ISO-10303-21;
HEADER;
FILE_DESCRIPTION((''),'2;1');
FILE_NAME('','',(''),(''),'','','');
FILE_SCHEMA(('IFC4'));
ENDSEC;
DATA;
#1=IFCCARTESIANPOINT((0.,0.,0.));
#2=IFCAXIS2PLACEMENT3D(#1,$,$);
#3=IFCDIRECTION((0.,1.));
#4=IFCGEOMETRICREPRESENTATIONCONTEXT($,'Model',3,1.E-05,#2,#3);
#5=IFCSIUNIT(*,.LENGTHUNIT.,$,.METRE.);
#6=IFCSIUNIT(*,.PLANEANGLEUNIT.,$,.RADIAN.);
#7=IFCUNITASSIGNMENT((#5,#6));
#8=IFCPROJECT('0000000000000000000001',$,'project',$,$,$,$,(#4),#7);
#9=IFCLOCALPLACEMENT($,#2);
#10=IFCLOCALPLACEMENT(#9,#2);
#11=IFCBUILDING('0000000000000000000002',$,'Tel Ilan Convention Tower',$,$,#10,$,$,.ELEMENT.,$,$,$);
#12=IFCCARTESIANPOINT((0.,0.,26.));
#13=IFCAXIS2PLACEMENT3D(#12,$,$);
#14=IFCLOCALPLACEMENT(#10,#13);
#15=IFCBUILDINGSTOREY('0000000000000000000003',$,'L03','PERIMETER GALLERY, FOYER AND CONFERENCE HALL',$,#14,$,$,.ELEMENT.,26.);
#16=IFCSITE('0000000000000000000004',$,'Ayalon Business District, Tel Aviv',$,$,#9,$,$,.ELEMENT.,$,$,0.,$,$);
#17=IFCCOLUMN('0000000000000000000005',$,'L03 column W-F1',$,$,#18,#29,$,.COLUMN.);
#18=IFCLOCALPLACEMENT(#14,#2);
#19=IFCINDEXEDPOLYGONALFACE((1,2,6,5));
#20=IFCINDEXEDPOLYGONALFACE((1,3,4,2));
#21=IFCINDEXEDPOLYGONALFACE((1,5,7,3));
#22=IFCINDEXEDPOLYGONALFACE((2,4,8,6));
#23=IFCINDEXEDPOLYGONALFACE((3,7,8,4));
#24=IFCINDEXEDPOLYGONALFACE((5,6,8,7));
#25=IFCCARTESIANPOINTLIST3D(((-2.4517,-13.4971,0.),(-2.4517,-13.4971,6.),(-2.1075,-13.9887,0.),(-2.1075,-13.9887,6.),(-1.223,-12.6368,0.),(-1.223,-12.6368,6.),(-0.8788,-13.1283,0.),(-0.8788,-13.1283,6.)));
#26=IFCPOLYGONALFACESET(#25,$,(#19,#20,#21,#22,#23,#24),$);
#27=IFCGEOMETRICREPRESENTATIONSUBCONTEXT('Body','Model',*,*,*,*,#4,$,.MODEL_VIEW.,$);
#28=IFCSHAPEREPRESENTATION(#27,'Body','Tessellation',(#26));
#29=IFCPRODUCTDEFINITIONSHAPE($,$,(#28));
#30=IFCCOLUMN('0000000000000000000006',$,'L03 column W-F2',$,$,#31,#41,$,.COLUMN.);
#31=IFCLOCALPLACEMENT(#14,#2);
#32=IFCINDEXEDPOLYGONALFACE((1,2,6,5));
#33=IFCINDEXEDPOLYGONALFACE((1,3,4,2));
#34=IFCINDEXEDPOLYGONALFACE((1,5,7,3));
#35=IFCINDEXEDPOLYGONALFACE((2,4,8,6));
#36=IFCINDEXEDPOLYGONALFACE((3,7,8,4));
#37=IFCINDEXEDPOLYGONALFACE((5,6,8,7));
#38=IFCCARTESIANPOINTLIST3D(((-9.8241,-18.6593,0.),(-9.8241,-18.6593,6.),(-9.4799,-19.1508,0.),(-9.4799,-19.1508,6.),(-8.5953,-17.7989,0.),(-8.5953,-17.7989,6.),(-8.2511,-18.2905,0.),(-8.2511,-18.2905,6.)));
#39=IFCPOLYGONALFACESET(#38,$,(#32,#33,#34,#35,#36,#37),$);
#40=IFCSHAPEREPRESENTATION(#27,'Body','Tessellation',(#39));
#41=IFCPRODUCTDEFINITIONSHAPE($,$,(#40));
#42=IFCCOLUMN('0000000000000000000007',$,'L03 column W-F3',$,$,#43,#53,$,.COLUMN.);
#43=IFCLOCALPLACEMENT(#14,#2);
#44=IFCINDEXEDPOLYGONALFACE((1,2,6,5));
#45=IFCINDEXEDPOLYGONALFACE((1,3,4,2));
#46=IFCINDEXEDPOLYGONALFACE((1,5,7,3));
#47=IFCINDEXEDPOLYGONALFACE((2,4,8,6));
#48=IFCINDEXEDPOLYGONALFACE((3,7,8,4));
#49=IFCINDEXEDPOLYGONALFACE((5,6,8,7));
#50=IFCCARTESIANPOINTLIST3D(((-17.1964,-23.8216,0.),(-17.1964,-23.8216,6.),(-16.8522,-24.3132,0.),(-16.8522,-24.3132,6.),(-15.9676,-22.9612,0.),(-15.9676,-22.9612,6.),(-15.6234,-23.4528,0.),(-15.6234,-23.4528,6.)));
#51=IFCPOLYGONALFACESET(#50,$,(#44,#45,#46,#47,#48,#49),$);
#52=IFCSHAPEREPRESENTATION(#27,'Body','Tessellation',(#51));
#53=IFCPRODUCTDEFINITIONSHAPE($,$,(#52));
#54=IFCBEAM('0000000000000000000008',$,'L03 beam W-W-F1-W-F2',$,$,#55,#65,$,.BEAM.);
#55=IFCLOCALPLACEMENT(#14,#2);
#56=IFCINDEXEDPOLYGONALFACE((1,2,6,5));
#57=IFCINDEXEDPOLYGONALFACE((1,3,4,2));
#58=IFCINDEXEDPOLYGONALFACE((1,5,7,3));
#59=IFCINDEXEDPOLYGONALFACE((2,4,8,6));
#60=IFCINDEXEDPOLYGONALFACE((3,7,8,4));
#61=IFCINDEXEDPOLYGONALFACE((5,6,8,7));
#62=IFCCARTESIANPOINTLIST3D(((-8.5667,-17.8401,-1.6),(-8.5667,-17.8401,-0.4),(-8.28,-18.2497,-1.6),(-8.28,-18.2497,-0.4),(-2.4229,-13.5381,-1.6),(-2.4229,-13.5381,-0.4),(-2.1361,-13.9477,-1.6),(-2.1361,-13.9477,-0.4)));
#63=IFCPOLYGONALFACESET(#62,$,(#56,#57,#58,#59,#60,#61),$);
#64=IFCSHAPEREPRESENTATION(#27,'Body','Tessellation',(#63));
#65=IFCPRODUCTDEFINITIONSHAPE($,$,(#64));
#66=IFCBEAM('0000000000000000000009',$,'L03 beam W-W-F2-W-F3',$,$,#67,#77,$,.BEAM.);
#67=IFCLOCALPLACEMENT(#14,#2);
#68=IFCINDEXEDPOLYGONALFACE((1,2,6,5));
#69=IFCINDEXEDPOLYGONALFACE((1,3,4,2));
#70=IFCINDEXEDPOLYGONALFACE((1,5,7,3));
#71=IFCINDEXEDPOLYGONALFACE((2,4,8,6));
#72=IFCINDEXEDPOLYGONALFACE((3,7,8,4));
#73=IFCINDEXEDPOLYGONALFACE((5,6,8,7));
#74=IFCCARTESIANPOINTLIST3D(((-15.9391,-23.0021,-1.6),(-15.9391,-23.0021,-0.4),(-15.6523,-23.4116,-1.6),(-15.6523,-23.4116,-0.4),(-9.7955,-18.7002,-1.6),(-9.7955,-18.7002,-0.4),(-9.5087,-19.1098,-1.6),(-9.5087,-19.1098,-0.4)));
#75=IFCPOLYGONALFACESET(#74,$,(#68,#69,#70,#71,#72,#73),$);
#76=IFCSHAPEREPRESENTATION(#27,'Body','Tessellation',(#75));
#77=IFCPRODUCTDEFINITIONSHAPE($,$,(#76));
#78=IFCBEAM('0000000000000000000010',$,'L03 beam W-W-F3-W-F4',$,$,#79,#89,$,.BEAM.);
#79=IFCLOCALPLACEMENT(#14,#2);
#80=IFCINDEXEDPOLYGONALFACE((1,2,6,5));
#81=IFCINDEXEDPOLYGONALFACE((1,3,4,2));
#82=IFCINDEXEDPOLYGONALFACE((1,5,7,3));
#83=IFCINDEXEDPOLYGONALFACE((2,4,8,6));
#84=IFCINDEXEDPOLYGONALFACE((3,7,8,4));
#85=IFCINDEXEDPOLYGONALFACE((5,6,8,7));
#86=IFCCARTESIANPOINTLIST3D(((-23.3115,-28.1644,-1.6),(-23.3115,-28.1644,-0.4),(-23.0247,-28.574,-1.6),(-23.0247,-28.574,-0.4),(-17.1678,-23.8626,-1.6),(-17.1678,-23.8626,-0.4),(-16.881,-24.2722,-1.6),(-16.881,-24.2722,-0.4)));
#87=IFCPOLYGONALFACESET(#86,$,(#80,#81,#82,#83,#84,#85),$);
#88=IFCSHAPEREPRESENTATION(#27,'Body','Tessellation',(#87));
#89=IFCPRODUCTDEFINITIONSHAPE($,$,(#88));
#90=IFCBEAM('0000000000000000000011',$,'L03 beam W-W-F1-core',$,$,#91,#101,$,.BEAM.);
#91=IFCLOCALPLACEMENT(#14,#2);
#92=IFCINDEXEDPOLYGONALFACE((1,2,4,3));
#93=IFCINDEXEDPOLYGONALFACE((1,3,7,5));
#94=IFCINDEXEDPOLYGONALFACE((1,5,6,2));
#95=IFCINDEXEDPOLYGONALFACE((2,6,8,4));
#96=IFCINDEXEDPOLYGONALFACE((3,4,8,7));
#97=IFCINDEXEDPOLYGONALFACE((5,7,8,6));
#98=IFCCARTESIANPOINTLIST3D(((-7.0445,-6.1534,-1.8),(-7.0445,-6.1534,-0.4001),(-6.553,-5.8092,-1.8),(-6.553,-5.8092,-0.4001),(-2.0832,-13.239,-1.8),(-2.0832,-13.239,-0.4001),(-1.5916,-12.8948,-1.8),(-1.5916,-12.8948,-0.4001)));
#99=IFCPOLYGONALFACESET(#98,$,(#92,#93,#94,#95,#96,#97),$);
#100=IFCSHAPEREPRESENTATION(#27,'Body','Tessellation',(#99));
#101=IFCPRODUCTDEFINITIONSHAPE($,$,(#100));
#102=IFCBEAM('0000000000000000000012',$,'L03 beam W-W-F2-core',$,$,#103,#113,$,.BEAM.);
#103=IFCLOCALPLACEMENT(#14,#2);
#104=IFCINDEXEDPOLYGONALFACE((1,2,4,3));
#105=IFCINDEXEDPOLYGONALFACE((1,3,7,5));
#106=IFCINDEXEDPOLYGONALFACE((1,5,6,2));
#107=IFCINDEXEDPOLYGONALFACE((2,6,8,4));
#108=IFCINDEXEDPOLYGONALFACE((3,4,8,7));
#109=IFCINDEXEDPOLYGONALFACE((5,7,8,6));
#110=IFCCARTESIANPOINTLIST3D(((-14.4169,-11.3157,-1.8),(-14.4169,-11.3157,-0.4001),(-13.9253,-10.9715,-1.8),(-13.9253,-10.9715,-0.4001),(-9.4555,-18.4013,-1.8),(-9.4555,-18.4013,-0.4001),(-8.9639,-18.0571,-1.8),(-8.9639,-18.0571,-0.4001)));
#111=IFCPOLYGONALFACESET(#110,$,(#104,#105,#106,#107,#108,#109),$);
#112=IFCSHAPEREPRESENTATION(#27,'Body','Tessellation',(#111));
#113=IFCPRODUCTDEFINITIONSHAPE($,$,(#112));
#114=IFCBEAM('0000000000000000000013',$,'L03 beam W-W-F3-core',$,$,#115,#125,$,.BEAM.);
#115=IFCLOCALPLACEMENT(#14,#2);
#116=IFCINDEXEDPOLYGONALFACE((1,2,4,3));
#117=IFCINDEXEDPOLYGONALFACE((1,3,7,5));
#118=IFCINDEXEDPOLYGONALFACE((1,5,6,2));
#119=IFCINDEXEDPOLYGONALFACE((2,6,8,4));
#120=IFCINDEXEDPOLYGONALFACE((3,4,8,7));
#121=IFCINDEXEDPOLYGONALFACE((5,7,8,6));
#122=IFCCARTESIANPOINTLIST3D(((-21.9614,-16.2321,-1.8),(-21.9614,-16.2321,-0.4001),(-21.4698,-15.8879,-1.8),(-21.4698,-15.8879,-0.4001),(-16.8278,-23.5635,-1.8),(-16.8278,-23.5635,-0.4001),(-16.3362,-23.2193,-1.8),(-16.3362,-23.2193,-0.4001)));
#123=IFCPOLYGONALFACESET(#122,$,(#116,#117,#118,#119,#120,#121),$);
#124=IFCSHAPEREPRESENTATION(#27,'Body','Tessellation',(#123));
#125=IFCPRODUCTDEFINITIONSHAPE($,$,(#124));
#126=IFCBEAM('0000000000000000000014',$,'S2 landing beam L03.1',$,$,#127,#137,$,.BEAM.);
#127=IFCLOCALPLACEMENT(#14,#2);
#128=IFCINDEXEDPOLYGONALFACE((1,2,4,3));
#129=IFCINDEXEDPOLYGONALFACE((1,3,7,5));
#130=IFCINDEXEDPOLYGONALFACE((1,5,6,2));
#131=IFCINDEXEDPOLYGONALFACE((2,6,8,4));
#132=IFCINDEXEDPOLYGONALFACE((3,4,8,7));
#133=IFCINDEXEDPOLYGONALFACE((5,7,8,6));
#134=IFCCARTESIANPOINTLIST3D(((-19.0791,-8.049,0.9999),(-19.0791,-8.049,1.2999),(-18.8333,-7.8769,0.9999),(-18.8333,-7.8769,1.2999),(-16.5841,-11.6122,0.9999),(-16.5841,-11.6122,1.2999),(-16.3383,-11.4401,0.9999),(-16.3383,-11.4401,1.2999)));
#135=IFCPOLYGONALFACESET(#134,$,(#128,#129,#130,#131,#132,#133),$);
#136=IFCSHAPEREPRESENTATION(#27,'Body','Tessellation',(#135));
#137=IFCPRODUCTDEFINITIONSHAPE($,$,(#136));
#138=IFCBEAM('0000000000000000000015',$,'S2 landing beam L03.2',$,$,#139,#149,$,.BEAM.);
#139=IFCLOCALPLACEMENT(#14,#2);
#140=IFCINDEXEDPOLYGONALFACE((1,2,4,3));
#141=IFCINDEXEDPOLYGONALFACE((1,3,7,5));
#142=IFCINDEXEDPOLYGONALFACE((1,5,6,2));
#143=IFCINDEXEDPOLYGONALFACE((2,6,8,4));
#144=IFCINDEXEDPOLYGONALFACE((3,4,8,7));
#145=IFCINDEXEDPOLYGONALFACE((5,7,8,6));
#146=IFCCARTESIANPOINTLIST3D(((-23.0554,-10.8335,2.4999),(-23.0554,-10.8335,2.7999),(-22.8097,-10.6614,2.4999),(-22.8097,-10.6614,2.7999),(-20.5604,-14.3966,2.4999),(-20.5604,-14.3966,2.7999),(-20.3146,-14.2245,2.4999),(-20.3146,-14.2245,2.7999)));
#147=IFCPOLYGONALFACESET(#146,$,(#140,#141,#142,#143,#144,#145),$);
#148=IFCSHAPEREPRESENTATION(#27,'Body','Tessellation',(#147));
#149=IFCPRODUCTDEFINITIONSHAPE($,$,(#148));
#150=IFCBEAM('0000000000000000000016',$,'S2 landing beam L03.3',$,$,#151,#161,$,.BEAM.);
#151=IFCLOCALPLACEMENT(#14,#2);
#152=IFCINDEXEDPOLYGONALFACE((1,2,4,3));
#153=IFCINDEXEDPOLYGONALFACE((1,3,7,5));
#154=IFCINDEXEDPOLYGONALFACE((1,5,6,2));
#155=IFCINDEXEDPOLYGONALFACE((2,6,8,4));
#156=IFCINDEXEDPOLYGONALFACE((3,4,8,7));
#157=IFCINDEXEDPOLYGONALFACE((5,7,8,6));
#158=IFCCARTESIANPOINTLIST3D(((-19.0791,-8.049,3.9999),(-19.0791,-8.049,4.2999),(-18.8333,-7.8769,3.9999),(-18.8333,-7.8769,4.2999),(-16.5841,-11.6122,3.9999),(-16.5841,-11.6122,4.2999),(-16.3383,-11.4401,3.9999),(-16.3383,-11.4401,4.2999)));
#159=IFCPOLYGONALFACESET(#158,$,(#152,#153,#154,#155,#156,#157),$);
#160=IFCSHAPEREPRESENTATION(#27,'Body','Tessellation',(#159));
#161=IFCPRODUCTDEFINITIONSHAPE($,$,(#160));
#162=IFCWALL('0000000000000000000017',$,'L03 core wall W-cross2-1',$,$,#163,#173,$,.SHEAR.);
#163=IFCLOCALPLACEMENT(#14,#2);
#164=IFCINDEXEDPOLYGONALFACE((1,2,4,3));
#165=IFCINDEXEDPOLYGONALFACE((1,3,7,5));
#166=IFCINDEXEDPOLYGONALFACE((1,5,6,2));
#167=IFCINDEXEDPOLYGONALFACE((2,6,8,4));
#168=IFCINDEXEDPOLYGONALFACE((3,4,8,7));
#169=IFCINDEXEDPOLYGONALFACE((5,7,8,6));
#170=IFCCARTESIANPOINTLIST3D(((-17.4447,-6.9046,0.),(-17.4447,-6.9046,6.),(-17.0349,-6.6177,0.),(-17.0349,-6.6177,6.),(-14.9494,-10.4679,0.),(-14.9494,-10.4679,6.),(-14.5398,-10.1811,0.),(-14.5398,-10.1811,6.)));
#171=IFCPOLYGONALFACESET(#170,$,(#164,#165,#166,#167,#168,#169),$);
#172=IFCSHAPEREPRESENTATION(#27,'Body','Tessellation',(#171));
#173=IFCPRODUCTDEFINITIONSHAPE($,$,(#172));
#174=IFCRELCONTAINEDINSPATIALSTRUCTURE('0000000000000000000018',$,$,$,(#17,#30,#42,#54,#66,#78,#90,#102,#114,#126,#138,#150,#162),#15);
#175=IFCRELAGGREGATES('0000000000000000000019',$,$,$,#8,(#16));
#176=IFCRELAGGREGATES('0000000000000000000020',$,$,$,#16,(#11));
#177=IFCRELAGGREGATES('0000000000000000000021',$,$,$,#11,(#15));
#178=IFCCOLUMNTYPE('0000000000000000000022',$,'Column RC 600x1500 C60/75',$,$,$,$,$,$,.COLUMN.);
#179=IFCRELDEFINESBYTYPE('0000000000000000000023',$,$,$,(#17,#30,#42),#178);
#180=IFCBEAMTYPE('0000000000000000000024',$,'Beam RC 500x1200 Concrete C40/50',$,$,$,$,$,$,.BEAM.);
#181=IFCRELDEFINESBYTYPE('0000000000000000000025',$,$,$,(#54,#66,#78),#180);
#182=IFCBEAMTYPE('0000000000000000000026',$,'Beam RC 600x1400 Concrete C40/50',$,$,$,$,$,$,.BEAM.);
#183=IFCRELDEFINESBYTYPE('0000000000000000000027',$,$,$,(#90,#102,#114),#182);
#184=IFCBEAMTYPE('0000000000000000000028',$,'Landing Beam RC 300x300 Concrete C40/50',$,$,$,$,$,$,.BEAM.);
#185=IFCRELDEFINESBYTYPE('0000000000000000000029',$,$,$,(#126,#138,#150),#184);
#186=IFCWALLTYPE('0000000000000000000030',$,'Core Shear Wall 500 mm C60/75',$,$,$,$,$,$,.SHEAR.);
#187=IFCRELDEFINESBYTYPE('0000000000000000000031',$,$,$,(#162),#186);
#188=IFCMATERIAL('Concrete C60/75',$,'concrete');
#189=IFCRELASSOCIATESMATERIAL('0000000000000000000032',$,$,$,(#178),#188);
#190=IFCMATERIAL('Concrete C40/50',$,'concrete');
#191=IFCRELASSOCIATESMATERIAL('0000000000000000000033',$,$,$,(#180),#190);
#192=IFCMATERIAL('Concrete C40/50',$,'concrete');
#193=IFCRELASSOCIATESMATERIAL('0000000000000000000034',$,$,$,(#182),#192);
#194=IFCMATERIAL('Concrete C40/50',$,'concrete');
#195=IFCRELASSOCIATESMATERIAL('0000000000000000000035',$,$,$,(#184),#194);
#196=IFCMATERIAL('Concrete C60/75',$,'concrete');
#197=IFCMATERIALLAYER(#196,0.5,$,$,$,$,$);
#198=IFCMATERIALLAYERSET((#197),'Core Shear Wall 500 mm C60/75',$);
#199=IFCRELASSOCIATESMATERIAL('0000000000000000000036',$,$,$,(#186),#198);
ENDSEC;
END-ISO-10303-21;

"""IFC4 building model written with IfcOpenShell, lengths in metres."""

from ifc_helpers import new_model, si_unit, direction, frame, origin, origin_2d, place, context, subcontext, project, spatial, polyline, rectangle, outline, extrude, material, layer, layer_set, material_profile, profile_set, type_object, element, save


model = new_model("IFC4")

# Units and contexts
model_context = context("Model", 3, precision=1e-05, world=origin(), true_north=direction((0.0, 1.0)))
body_context = subcontext(model_context, "Body", "Model", "MODEL_VIEW")
ifc_project = project(units=[si_unit("LENGTHUNIT", "METRE"), si_unit("PLANEANGLEUNIT", "RADIAN")], contexts=[model_context])

# Site, building, storey
site_placement = place(None, origin())
site = spatial("IfcSite", under=ifc_project, at=site_placement, Name="Ayalon Business District, Tel Aviv", CompositionType="ELEMENT", RefElevation=0.0)
building_placement = place(site_placement, origin())
building = spatial("IfcBuilding", under=site, at=building_placement, Name="Tel Ilan Convention Tower", CompositionType="ELEMENT")
storey_placement = place(building_placement, frame((0.0, 0.0, 26.0)))
storey = spatial("IfcBuildingStorey", under=building, at=storey_placement, Name="L03", Description="PERIMETER GALLERY, FOYER AND CONFERENCE HALL", CompositionType="ELEMENT", Elevation=26.0)

# Columns
ifc_material_1 = material(Name="Concrete C60/75", Category="concrete")
ifc_material_profile_1 = material_profile(ifc_material_1, rectangle(XDim=1.5, YDim=0.6001, at=origin_2d()), Name="RC 600x1500")
ifc_profile_set_1 = profile_set([ifc_material_profile_1], Name="Concrete C60/75")
column_type = type_object("IfcColumnType", Name="Column RC 600x1500 C60/75", PredefinedType="COLUMN", material=ifc_profile_set_1)
for number, where, z_axis, x_axis, name in (
    (1, (-1.6653, -13.3127, 0.0), (0.0, 0.0, 1.0), (-0.819152, -0.573576, 0.0), "L03 column W-F1"),
    (2, (-9.0376, -18.4749, 0.0), (0.0, 0.0, 1.0), (-0.819152, -0.573576, 0.0), "L03 column W-F2"),
    (3, (-16.4099, -23.6372, 0.0), (0.0, 0.0, 1.0), (-0.819152, -0.573576, 0.0), "L03 column W-F3"),
):
    element("IfcColumn", number, at=place(storey_placement, frame(where, z_axis=z_axis, x_axis=x_axis)), inside=storey, type_object=column_type, Name=name, PredefinedType="COLUMN", context=body_context, shape_type="SweptSolid", body=[
        extrude(rectangle(XDim=1.5, YDim=0.6001, at=origin_2d()), origin(), (0.0, 0.0, 1.0), 6.0),
    ])

# Beams
ifc_material_2 = material(Name="Concrete C40/50", Category="concrete")
ifc_material_profile_2 = material_profile(ifc_material_2, rectangle(XDim=0.5, YDim=1.2, at=origin_2d()), Name="RC 500x1200")
ifc_profile_set_2 = profile_set([ifc_material_profile_2], Name="Concrete C40/50")
beam_type_1 = type_object("IfcBeamType", Name="Beam RC 500x1200 Concrete C40/50", PredefinedType="BEAM", material=ifc_profile_set_2)
beam_1_placement = place(storey_placement, frame((-2.2795, -13.7429, -1.0), z_axis=(-0.819148, -0.573582, 0.0), x_axis=(0.573582, -0.819148, 0.0)))
element("IfcBeam", 4, at=beam_1_placement, inside=storey, type_object=beam_type_1, Name="L03 beam W-W-F1-W-F2", PredefinedType="BEAM", context=body_context, shape_type="SweptSolid", body=[
    extrude(rectangle(XDim=0.5, YDim=1.2, at=origin_2d()), origin(), (0.0, 0.0, 1.0), 7.5002),
])
for number, where, z_axis, x_axis, name in (
    (5, (-9.6521, -18.905, -1.0), (-0.819152, -0.573576, 0.0), (0.573576, -0.819152, 0.0), "L03 beam W-W-F2-W-F3"),
    (6, (-17.0244, -24.0674, -1.0), (-0.819152, -0.573576, 0.0), (0.573576, -0.819152, 0.0), "L03 beam W-W-F3-W-F4"),
):
    element("IfcBeam", number, at=place(storey_placement, frame(where, z_axis=z_axis, x_axis=x_axis)), inside=storey, type_object=beam_type_1, Name=name, PredefinedType="BEAM", context=body_context, shape_type="SweptSolid", body=[
        extrude(rectangle(XDim=0.5, YDim=1.2, at=origin_2d()), origin(), (0.0, 0.0, 1.0), 7.5),
    ])
ifc_material_3 = material(Name="Concrete C40/50", Category="concrete")
ifc_material_profile_3 = material_profile(ifc_material_3, rectangle(XDim=0.6001, YDim=1.3999, at=origin_2d()), Name="RC 600x1400")
ifc_profile_set_3 = profile_set([ifc_material_profile_3], Name="Concrete C40/50")
beam_type_2 = type_object("IfcBeamType", Name="Beam RC 600x1400 Concrete C40/50", PredefinedType="BEAM", material=ifc_profile_set_3)
for number, where, z_axis, x_axis, name in (
    (7, (-1.8374, -13.0669, -1.1001), (-0.573574, 0.819154, 0.0), (-0.819154, -0.573574, 0.0), "L03 beam W-W-F1-core"),
    (8, (-9.2097, -18.2292, -1.1001), (-0.573574, 0.819154, 0.0), (-0.819154, -0.573574, 0.0), "L03 beam W-W-F2-core"),
):
    element("IfcBeam", number, at=place(storey_placement, frame(where, z_axis=z_axis, x_axis=x_axis)), inside=storey, type_object=beam_type_2, Name=name, PredefinedType="BEAM", context=body_context, shape_type="SweptSolid", body=[
        extrude(rectangle(XDim=0.6001, YDim=1.3999, at=origin_2d()), origin(), (0.0, 0.0, 1.0), 8.6499),
    ])
beam_2_placement = place(storey_placement, frame((-16.582, -23.3914, -1.1001), z_axis=(-0.573585, 0.819146, 0.0), x_axis=(-0.819146, -0.573585, 0.0)))
element("IfcBeam", 9, at=beam_2_placement, inside=storey, type_object=beam_type_2, Name="L03 beam W-W-F3-core", PredefinedType="BEAM", context=body_context, shape_type="SweptSolid", body=[
    extrude(rectangle(XDim=0.6001, YDim=1.3999, at=origin_2d()), origin(), (0.0, 0.0, 1.0), 8.95),
])
ifc_material_4 = material(Name="Concrete C40/50", Category="concrete")
ifc_material_profile_4 = material_profile(ifc_material_4, rectangle(XDim=0.3, YDim=0.3, at=origin_2d()), Name="RC 300x300")
ifc_profile_set_4 = profile_set([ifc_material_profile_4], Name="Concrete C40/50")
beam_type_3 = type_object("IfcBeamType", Name="Landing Beam RC 300x300 Concrete C40/50", PredefinedType="BEAM", material=ifc_profile_set_4)
for number, where, z_axis, x_axis, name in (
    (10, (-16.4612, -11.5261, 1.1499), (-0.573594, 0.81914, 0.0), (-0.81914, -0.573594, 0.0), "S2 landing beam L03.1"),
    (11, (-20.4375, -14.3105, 2.6499), (-0.573594, 0.81914, 0.0), (-0.81914, -0.573594, 0.0), "S2 landing beam L03.2"),
    (12, (-16.4612, -11.5261, 4.1499), (-0.573594, 0.81914, 0.0), (-0.81914, -0.573594, 0.0), "S2 landing beam L03.3"),
):
    element("IfcBeam", number, at=place(storey_placement, frame(where, z_axis=z_axis, x_axis=x_axis)), inside=storey, type_object=beam_type_3, Name=name, PredefinedType="BEAM", context=body_context, shape_type="SweptSolid", body=[
        extrude(rectangle(XDim=0.3, YDim=0.3, at=origin_2d()), origin(), (0.0, 0.0, 1.0), 4.3499),
    ])

# Wall
ifc_material_5 = material(Name="Concrete C60/75", Category="concrete")
ifc_layer_1 = layer(ifc_material_5, 0.5)
ifc_layer_set_1 = layer_set([ifc_layer_1], Name="Core Shear Wall 500 mm C60/75")
wall_type_1 = type_object("IfcWallType", Name="Core Shear Wall 500 mm C60/75", PredefinedType="SHEAR", material=ifc_layer_set_1)
wall_1_placement = place(storey_placement, frame((-14.7446, -10.3245, 0.0), z_axis=(0.0, 0.0, 1.0), x_axis=(-0.573568, 0.819158, 0.0)))
element("IfcWall", 13, at=wall_1_placement, inside=storey, type_object=wall_type_1, Name="L03 core wall W-cross2-1", PredefinedType="SHEAR", context=body_context, shape_type="SweptSolid", body=[
    extrude(outline(polyline([(4.3501, 0.2502), (0.0, 0.25), (0.0, -0.25), (4.3501, -0.25), (4.3501, 0.2502)])), origin(), (0.0, 0.0, 1.0), 6.0),
])

save(model, "model.ifc")
